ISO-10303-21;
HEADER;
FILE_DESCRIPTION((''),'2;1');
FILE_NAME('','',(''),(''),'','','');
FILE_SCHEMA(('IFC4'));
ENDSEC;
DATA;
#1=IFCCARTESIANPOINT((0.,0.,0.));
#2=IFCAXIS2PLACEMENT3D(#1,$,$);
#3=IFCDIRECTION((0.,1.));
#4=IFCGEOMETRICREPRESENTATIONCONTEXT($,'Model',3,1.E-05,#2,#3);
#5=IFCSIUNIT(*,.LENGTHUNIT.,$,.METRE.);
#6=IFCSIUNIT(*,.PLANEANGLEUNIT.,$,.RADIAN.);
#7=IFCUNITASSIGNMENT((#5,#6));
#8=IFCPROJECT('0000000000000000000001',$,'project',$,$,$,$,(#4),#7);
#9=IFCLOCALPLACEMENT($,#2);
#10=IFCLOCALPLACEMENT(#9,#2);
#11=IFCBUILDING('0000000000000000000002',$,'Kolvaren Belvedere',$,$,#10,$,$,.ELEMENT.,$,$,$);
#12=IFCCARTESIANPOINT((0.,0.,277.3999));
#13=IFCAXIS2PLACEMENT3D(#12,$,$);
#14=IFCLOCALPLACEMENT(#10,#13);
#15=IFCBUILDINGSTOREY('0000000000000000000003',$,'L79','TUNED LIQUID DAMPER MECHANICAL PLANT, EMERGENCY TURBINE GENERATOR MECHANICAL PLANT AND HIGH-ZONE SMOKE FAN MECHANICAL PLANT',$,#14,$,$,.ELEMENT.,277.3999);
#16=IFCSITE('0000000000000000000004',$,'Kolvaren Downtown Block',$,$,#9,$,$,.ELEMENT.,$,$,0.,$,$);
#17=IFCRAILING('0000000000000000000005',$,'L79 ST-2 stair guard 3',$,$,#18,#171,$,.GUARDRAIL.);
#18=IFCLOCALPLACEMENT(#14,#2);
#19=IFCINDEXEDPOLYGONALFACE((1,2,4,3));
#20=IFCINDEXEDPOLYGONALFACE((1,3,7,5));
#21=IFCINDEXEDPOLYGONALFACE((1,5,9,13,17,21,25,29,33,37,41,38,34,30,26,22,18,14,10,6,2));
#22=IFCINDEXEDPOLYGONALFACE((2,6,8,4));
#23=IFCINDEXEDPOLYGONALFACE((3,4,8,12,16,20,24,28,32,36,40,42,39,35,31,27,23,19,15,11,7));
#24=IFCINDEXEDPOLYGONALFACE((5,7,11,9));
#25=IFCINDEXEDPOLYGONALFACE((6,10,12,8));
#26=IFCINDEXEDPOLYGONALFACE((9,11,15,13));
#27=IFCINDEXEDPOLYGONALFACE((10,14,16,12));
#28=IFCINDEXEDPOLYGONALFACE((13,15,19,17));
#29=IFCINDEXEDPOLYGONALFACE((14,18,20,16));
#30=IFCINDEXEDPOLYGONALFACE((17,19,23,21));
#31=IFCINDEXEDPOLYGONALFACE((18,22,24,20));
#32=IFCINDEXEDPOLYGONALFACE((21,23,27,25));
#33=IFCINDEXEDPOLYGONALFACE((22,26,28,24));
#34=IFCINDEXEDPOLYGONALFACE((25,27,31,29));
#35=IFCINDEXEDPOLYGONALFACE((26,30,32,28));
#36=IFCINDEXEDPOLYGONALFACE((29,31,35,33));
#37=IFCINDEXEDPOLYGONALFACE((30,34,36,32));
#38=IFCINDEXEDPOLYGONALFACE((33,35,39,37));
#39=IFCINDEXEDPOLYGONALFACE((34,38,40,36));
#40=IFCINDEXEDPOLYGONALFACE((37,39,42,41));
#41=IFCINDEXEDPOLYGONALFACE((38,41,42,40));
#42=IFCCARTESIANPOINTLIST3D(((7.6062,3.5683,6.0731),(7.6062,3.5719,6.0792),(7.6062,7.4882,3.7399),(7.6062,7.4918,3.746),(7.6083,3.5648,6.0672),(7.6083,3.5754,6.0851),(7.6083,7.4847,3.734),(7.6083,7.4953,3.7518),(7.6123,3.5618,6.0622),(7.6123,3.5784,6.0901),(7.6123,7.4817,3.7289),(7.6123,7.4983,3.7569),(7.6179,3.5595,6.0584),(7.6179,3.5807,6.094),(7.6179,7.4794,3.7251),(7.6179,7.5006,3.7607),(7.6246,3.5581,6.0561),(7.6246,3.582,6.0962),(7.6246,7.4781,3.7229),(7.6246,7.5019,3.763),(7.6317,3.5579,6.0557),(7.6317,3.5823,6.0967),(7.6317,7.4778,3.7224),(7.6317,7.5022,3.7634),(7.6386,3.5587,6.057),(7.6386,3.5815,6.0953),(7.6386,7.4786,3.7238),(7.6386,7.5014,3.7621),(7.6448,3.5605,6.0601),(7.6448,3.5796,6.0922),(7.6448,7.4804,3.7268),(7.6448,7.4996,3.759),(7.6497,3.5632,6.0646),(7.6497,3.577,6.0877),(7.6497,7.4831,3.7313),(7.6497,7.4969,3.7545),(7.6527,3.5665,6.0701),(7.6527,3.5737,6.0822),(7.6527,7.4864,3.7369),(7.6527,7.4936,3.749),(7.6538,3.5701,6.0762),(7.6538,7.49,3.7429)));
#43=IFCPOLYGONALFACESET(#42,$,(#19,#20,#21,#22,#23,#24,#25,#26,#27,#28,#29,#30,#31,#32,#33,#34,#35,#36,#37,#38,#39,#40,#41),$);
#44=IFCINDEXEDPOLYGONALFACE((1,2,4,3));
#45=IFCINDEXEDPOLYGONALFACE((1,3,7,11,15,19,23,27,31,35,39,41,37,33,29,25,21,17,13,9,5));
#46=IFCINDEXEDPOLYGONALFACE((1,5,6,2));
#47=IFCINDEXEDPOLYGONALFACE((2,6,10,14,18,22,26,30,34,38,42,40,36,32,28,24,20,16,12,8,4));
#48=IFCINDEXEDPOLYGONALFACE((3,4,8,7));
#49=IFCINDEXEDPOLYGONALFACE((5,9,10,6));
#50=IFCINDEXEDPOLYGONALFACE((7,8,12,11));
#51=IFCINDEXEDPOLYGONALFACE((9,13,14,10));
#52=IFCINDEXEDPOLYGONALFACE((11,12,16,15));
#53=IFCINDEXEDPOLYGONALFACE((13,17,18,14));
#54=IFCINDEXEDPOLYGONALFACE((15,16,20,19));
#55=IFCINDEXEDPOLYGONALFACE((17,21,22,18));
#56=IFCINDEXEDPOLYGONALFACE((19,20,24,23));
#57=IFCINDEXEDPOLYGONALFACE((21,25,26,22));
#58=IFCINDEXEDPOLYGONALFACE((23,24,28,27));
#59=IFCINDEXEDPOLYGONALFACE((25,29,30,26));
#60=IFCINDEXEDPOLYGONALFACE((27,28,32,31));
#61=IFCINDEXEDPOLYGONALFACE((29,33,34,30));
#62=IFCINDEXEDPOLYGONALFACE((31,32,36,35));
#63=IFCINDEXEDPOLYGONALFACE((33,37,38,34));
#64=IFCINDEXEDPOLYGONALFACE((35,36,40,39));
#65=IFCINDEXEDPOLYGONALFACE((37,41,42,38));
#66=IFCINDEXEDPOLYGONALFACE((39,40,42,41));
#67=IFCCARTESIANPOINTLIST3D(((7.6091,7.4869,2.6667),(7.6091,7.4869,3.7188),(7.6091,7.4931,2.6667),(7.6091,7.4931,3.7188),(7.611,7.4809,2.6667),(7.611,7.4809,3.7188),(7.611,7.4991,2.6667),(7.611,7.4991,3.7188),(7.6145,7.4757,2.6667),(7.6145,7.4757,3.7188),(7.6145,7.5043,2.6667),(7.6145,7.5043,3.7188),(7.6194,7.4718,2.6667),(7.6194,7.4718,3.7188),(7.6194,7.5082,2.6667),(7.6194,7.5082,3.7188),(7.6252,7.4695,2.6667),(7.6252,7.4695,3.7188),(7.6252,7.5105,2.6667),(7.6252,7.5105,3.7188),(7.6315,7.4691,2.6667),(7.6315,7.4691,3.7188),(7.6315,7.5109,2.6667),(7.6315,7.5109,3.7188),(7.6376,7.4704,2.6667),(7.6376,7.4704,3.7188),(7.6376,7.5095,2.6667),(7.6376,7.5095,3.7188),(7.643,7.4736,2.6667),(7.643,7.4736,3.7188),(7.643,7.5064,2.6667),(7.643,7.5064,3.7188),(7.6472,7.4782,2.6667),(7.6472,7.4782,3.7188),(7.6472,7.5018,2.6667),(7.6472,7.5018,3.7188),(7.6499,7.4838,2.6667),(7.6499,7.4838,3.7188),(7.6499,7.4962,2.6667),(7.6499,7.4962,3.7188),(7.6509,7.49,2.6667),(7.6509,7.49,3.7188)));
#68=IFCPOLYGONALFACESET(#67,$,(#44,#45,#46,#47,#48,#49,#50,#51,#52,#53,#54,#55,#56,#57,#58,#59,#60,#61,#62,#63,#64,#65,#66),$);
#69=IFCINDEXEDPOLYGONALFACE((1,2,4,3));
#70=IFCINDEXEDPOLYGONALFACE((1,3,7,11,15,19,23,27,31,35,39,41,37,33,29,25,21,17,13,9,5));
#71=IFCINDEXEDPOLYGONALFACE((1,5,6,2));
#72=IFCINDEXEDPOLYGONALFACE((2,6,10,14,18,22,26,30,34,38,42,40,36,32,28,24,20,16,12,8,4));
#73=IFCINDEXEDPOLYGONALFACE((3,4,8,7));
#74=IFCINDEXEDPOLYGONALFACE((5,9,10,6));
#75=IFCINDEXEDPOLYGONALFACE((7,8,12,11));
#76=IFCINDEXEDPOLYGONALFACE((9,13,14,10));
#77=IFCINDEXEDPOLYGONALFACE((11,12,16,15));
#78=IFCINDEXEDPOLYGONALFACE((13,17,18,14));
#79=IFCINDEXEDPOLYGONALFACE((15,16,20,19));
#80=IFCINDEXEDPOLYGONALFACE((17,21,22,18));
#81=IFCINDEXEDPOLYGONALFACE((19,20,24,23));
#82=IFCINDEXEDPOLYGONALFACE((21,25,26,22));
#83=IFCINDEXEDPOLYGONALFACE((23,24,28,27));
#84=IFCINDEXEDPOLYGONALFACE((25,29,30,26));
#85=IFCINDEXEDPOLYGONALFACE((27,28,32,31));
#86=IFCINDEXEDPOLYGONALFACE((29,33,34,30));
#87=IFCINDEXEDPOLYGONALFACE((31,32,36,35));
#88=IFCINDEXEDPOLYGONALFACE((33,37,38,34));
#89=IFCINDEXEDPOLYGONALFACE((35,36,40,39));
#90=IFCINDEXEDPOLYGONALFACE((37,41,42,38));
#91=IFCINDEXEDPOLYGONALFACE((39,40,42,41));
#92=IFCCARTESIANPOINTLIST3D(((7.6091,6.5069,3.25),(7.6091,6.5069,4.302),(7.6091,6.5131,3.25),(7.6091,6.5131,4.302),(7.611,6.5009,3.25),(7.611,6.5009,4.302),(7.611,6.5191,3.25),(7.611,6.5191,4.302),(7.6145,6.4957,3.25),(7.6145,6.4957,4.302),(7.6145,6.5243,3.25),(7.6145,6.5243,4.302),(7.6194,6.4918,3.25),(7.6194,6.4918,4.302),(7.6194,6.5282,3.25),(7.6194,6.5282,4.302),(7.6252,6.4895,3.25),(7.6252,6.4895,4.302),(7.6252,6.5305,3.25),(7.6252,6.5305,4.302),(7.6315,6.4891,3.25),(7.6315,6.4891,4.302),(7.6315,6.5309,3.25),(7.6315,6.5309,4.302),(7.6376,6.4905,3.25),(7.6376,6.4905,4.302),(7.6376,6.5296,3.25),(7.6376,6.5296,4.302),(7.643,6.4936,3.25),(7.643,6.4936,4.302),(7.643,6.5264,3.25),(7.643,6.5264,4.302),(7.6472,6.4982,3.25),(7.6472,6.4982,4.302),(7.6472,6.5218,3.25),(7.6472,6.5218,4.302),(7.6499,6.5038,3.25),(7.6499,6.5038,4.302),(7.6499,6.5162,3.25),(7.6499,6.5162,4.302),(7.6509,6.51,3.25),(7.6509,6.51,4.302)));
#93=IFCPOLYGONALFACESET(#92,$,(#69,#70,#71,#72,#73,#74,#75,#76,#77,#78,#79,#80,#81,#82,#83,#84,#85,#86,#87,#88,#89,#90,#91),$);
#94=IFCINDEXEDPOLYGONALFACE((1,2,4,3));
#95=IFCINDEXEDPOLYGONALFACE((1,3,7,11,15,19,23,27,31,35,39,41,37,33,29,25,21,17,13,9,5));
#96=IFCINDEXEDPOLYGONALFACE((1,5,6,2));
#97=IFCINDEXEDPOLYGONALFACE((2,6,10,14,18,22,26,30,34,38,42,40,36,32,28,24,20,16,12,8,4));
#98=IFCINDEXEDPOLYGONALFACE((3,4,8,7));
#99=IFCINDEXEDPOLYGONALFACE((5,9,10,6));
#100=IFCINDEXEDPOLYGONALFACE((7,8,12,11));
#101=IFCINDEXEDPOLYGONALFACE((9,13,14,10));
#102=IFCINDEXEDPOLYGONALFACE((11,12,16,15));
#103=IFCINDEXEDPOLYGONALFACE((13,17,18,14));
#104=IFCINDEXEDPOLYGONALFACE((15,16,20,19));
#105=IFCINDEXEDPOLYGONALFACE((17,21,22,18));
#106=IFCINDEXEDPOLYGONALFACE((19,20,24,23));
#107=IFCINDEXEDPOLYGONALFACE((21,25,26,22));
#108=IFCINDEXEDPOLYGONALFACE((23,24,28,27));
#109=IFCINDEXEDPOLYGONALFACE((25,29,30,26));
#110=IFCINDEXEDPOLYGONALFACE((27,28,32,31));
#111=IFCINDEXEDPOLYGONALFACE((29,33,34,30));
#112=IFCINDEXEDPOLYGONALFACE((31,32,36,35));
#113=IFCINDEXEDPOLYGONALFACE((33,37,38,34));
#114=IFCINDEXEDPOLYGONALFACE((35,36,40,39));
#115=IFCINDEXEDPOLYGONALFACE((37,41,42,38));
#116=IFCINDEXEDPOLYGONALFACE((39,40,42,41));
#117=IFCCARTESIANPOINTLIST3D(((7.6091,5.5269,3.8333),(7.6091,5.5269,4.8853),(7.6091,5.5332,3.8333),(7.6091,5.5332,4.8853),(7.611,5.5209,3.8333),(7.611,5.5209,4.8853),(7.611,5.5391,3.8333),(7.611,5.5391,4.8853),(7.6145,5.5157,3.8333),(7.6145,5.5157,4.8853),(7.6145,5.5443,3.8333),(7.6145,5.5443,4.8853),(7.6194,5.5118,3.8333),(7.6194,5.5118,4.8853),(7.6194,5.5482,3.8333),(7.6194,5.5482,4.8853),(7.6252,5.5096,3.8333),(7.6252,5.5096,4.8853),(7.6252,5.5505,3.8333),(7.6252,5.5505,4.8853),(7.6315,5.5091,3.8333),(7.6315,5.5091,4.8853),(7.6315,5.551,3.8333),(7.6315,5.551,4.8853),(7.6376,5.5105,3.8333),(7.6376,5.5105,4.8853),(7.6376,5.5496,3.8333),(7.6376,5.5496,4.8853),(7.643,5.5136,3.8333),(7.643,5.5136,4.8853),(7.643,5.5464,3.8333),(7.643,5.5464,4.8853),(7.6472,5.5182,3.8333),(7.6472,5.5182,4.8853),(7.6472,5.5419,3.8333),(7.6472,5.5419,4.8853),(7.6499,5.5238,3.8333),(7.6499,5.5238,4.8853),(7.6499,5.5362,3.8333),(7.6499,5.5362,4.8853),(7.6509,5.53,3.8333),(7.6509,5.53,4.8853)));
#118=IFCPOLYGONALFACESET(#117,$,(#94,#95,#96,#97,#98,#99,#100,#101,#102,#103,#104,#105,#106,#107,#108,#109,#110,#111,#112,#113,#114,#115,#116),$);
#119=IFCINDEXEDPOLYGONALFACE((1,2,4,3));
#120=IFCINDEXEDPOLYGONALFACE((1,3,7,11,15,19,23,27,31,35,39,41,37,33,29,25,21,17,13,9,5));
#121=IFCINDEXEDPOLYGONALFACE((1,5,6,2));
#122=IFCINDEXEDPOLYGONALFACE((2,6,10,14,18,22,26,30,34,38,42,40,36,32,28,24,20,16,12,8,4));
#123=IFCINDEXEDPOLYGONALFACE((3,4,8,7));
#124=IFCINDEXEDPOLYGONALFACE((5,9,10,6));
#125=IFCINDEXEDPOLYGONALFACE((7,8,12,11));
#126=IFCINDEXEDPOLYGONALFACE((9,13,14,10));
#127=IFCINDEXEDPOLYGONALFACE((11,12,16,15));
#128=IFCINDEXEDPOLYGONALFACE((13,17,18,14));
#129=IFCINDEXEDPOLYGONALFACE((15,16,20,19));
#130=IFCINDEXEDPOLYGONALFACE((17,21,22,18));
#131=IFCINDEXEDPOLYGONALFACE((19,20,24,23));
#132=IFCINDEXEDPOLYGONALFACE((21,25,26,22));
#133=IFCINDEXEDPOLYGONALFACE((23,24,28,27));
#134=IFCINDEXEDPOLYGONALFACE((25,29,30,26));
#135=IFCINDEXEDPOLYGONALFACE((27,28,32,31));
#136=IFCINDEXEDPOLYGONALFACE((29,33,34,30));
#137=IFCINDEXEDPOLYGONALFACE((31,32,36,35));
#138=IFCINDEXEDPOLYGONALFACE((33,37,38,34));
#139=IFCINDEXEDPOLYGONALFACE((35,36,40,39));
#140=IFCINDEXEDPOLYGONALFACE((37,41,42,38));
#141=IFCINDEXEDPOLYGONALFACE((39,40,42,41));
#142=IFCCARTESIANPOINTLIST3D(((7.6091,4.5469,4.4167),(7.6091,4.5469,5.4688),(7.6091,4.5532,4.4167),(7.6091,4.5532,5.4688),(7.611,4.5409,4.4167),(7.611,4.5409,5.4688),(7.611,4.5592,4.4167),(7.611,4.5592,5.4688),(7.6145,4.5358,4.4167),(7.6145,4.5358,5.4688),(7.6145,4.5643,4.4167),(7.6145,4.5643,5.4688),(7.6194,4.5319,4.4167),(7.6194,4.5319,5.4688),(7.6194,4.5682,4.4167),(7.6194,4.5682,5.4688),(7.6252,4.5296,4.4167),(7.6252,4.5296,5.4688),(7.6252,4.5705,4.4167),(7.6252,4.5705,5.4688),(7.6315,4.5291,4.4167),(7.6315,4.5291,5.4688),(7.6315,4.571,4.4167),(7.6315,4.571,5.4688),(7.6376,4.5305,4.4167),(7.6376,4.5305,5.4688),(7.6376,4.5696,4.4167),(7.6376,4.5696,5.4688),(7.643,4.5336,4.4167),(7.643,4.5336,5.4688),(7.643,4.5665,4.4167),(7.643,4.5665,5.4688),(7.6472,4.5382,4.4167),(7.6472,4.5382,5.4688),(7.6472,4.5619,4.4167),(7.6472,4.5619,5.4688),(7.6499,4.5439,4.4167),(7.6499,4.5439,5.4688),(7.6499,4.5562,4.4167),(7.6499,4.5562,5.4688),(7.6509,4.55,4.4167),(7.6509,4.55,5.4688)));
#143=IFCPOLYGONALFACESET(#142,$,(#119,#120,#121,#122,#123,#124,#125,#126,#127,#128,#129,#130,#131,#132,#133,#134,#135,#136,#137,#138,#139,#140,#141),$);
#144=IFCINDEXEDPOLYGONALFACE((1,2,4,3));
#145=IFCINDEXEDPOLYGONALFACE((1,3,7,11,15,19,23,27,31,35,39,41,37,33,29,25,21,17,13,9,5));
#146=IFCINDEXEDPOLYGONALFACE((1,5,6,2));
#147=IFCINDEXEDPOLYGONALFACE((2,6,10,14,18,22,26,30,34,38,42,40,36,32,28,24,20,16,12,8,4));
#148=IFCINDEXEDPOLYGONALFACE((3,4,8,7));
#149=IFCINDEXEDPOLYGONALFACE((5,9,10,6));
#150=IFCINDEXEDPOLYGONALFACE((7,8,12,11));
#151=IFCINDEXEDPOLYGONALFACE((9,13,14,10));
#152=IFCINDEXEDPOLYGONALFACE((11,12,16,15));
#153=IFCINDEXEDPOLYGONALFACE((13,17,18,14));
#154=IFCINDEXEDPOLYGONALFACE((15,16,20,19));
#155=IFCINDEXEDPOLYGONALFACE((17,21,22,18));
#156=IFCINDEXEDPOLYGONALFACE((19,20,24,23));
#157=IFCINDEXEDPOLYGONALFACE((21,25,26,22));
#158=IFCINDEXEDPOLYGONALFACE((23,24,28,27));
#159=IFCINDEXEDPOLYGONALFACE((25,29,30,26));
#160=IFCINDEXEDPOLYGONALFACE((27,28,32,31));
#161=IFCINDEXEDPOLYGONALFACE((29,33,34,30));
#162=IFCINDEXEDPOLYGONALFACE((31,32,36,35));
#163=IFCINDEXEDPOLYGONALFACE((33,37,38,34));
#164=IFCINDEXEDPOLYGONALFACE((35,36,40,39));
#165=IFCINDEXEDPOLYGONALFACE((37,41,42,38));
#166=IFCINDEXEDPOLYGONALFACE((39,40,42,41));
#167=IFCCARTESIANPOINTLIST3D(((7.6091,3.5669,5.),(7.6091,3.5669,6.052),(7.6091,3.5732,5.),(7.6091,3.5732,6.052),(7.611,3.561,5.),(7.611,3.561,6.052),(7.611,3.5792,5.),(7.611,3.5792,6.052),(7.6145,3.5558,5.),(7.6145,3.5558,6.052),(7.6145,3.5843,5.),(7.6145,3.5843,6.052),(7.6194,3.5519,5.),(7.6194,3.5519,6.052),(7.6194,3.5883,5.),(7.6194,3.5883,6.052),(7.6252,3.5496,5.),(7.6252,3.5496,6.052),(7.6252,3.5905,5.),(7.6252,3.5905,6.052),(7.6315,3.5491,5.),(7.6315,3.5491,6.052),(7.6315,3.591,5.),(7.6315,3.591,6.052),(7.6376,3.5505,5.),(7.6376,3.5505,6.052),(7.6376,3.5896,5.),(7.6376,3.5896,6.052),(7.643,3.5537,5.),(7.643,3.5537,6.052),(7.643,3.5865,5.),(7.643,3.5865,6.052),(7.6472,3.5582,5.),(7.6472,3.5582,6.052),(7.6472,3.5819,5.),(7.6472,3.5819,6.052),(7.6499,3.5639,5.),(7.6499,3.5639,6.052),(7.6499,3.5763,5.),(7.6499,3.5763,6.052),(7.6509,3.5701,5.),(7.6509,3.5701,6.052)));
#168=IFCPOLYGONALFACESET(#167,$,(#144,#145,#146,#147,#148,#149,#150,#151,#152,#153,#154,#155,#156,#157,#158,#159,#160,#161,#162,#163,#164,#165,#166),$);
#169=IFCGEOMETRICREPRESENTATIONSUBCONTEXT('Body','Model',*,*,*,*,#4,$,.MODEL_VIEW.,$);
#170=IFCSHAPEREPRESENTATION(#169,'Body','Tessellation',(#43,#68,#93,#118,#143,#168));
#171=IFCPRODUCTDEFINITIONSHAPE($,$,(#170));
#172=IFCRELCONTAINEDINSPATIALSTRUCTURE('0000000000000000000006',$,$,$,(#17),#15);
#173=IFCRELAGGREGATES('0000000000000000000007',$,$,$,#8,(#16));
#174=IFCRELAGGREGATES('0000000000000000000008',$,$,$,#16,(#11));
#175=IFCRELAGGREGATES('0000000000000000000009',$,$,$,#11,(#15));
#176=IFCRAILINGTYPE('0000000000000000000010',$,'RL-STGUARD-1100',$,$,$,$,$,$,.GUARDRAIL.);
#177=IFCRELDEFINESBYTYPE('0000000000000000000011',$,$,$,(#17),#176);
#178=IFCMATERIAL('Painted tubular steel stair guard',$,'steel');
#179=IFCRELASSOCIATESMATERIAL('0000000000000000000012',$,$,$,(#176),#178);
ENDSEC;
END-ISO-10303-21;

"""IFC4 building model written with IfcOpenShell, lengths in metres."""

from ifc_helpers import new_model, si_unit, direction, frame, origin, origin_2d, place, context, subcontext, project, spatial, circle, extrude, material, type_object, element, save


model = new_model("IFC4")

# Units and contexts
model_context = context("Model", 3, precision=1e-05, world=origin(), true_north=direction((0.0, 1.0)))
body_context = subcontext(model_context, "Body", "Model", "MODEL_VIEW")
ifc_project = project(units=[si_unit("LENGTHUNIT", "METRE"), si_unit("PLANEANGLEUNIT", "RADIAN")], contexts=[model_context])

# Site, building, storey
site_placement = place(None, origin())
site = spatial("IfcSite", under=ifc_project, at=site_placement, Name="Kolvaren Downtown Block", CompositionType="ELEMENT", RefElevation=0.0)
building_placement = place(site_placement, origin())
building = spatial("IfcBuilding", under=site, at=building_placement, Name="Kolvaren Belvedere", CompositionType="ELEMENT")
storey_placement = place(building_placement, frame((0.0, 0.0, 277.3999)))
storey = spatial("IfcBuildingStorey", under=building, at=storey_placement, Name="L79", Description="TUNED LIQUID DAMPER MECHANICAL PLANT, EMERGENCY TURBINE GENERATOR MECHANICAL PLANT AND HIGH-ZONE SMOKE FAN MECHANICAL PLANT", CompositionType="ELEMENT", Elevation=277.3999)

# Railing
ifc_material_1 = material(Name="Painted tubular steel stair guard", Category="steel")
railing_type_1 = type_object("IfcRailingType", Name="RL-STGUARD-1100", PredefinedType="GUARDRAIL", material=ifc_material_1)
railing_1_placement = place(storey_placement, frame((7.6299, 7.49, 2.6667)))
element("IfcRailing", 1, at=railing_1_placement, inside=storey, type_object=railing_type_1, Name="L79 ST-2 stair guard 3", PredefinedType="GUARDRAIL", context=body_context, shape_type="SweptSolid", body=[
    extrude(circle(Radius=0.0239, at=origin_2d()), frame((0.0, 0.0, 1.0762), z_axis=(0.0, -0.859296, 0.511478), x_axis=(1.0, 0.0, 0.0)), (0.0, 0.0, 1.0), 4.5618),
    extrude(circle(Radius=0.021, at=origin_2d()), origin(), (0.0, 0.0, 1.0), 1.052),
    extrude(circle(Radius=0.021, at=origin_2d()), frame((0.0, -0.98, 0.5833)), (0.0, 0.0, 1.0), 1.052),
    extrude(circle(Radius=0.021, at=origin_2d()), frame((0.0, -1.96, 1.1665)), (0.0, 0.0, 1.0), 1.052),
    extrude(circle(Radius=0.021, at=origin_2d()), frame((0.0, -2.9399, 1.75)), (0.0, 0.0, 1.0), 1.052),
    extrude(circle(Radius=0.021, at=origin_2d()), frame((0.0, -3.9199, 2.3333)), (0.0, 0.0, 1.0), 1.052),
])

save(model, "model.ifc")
